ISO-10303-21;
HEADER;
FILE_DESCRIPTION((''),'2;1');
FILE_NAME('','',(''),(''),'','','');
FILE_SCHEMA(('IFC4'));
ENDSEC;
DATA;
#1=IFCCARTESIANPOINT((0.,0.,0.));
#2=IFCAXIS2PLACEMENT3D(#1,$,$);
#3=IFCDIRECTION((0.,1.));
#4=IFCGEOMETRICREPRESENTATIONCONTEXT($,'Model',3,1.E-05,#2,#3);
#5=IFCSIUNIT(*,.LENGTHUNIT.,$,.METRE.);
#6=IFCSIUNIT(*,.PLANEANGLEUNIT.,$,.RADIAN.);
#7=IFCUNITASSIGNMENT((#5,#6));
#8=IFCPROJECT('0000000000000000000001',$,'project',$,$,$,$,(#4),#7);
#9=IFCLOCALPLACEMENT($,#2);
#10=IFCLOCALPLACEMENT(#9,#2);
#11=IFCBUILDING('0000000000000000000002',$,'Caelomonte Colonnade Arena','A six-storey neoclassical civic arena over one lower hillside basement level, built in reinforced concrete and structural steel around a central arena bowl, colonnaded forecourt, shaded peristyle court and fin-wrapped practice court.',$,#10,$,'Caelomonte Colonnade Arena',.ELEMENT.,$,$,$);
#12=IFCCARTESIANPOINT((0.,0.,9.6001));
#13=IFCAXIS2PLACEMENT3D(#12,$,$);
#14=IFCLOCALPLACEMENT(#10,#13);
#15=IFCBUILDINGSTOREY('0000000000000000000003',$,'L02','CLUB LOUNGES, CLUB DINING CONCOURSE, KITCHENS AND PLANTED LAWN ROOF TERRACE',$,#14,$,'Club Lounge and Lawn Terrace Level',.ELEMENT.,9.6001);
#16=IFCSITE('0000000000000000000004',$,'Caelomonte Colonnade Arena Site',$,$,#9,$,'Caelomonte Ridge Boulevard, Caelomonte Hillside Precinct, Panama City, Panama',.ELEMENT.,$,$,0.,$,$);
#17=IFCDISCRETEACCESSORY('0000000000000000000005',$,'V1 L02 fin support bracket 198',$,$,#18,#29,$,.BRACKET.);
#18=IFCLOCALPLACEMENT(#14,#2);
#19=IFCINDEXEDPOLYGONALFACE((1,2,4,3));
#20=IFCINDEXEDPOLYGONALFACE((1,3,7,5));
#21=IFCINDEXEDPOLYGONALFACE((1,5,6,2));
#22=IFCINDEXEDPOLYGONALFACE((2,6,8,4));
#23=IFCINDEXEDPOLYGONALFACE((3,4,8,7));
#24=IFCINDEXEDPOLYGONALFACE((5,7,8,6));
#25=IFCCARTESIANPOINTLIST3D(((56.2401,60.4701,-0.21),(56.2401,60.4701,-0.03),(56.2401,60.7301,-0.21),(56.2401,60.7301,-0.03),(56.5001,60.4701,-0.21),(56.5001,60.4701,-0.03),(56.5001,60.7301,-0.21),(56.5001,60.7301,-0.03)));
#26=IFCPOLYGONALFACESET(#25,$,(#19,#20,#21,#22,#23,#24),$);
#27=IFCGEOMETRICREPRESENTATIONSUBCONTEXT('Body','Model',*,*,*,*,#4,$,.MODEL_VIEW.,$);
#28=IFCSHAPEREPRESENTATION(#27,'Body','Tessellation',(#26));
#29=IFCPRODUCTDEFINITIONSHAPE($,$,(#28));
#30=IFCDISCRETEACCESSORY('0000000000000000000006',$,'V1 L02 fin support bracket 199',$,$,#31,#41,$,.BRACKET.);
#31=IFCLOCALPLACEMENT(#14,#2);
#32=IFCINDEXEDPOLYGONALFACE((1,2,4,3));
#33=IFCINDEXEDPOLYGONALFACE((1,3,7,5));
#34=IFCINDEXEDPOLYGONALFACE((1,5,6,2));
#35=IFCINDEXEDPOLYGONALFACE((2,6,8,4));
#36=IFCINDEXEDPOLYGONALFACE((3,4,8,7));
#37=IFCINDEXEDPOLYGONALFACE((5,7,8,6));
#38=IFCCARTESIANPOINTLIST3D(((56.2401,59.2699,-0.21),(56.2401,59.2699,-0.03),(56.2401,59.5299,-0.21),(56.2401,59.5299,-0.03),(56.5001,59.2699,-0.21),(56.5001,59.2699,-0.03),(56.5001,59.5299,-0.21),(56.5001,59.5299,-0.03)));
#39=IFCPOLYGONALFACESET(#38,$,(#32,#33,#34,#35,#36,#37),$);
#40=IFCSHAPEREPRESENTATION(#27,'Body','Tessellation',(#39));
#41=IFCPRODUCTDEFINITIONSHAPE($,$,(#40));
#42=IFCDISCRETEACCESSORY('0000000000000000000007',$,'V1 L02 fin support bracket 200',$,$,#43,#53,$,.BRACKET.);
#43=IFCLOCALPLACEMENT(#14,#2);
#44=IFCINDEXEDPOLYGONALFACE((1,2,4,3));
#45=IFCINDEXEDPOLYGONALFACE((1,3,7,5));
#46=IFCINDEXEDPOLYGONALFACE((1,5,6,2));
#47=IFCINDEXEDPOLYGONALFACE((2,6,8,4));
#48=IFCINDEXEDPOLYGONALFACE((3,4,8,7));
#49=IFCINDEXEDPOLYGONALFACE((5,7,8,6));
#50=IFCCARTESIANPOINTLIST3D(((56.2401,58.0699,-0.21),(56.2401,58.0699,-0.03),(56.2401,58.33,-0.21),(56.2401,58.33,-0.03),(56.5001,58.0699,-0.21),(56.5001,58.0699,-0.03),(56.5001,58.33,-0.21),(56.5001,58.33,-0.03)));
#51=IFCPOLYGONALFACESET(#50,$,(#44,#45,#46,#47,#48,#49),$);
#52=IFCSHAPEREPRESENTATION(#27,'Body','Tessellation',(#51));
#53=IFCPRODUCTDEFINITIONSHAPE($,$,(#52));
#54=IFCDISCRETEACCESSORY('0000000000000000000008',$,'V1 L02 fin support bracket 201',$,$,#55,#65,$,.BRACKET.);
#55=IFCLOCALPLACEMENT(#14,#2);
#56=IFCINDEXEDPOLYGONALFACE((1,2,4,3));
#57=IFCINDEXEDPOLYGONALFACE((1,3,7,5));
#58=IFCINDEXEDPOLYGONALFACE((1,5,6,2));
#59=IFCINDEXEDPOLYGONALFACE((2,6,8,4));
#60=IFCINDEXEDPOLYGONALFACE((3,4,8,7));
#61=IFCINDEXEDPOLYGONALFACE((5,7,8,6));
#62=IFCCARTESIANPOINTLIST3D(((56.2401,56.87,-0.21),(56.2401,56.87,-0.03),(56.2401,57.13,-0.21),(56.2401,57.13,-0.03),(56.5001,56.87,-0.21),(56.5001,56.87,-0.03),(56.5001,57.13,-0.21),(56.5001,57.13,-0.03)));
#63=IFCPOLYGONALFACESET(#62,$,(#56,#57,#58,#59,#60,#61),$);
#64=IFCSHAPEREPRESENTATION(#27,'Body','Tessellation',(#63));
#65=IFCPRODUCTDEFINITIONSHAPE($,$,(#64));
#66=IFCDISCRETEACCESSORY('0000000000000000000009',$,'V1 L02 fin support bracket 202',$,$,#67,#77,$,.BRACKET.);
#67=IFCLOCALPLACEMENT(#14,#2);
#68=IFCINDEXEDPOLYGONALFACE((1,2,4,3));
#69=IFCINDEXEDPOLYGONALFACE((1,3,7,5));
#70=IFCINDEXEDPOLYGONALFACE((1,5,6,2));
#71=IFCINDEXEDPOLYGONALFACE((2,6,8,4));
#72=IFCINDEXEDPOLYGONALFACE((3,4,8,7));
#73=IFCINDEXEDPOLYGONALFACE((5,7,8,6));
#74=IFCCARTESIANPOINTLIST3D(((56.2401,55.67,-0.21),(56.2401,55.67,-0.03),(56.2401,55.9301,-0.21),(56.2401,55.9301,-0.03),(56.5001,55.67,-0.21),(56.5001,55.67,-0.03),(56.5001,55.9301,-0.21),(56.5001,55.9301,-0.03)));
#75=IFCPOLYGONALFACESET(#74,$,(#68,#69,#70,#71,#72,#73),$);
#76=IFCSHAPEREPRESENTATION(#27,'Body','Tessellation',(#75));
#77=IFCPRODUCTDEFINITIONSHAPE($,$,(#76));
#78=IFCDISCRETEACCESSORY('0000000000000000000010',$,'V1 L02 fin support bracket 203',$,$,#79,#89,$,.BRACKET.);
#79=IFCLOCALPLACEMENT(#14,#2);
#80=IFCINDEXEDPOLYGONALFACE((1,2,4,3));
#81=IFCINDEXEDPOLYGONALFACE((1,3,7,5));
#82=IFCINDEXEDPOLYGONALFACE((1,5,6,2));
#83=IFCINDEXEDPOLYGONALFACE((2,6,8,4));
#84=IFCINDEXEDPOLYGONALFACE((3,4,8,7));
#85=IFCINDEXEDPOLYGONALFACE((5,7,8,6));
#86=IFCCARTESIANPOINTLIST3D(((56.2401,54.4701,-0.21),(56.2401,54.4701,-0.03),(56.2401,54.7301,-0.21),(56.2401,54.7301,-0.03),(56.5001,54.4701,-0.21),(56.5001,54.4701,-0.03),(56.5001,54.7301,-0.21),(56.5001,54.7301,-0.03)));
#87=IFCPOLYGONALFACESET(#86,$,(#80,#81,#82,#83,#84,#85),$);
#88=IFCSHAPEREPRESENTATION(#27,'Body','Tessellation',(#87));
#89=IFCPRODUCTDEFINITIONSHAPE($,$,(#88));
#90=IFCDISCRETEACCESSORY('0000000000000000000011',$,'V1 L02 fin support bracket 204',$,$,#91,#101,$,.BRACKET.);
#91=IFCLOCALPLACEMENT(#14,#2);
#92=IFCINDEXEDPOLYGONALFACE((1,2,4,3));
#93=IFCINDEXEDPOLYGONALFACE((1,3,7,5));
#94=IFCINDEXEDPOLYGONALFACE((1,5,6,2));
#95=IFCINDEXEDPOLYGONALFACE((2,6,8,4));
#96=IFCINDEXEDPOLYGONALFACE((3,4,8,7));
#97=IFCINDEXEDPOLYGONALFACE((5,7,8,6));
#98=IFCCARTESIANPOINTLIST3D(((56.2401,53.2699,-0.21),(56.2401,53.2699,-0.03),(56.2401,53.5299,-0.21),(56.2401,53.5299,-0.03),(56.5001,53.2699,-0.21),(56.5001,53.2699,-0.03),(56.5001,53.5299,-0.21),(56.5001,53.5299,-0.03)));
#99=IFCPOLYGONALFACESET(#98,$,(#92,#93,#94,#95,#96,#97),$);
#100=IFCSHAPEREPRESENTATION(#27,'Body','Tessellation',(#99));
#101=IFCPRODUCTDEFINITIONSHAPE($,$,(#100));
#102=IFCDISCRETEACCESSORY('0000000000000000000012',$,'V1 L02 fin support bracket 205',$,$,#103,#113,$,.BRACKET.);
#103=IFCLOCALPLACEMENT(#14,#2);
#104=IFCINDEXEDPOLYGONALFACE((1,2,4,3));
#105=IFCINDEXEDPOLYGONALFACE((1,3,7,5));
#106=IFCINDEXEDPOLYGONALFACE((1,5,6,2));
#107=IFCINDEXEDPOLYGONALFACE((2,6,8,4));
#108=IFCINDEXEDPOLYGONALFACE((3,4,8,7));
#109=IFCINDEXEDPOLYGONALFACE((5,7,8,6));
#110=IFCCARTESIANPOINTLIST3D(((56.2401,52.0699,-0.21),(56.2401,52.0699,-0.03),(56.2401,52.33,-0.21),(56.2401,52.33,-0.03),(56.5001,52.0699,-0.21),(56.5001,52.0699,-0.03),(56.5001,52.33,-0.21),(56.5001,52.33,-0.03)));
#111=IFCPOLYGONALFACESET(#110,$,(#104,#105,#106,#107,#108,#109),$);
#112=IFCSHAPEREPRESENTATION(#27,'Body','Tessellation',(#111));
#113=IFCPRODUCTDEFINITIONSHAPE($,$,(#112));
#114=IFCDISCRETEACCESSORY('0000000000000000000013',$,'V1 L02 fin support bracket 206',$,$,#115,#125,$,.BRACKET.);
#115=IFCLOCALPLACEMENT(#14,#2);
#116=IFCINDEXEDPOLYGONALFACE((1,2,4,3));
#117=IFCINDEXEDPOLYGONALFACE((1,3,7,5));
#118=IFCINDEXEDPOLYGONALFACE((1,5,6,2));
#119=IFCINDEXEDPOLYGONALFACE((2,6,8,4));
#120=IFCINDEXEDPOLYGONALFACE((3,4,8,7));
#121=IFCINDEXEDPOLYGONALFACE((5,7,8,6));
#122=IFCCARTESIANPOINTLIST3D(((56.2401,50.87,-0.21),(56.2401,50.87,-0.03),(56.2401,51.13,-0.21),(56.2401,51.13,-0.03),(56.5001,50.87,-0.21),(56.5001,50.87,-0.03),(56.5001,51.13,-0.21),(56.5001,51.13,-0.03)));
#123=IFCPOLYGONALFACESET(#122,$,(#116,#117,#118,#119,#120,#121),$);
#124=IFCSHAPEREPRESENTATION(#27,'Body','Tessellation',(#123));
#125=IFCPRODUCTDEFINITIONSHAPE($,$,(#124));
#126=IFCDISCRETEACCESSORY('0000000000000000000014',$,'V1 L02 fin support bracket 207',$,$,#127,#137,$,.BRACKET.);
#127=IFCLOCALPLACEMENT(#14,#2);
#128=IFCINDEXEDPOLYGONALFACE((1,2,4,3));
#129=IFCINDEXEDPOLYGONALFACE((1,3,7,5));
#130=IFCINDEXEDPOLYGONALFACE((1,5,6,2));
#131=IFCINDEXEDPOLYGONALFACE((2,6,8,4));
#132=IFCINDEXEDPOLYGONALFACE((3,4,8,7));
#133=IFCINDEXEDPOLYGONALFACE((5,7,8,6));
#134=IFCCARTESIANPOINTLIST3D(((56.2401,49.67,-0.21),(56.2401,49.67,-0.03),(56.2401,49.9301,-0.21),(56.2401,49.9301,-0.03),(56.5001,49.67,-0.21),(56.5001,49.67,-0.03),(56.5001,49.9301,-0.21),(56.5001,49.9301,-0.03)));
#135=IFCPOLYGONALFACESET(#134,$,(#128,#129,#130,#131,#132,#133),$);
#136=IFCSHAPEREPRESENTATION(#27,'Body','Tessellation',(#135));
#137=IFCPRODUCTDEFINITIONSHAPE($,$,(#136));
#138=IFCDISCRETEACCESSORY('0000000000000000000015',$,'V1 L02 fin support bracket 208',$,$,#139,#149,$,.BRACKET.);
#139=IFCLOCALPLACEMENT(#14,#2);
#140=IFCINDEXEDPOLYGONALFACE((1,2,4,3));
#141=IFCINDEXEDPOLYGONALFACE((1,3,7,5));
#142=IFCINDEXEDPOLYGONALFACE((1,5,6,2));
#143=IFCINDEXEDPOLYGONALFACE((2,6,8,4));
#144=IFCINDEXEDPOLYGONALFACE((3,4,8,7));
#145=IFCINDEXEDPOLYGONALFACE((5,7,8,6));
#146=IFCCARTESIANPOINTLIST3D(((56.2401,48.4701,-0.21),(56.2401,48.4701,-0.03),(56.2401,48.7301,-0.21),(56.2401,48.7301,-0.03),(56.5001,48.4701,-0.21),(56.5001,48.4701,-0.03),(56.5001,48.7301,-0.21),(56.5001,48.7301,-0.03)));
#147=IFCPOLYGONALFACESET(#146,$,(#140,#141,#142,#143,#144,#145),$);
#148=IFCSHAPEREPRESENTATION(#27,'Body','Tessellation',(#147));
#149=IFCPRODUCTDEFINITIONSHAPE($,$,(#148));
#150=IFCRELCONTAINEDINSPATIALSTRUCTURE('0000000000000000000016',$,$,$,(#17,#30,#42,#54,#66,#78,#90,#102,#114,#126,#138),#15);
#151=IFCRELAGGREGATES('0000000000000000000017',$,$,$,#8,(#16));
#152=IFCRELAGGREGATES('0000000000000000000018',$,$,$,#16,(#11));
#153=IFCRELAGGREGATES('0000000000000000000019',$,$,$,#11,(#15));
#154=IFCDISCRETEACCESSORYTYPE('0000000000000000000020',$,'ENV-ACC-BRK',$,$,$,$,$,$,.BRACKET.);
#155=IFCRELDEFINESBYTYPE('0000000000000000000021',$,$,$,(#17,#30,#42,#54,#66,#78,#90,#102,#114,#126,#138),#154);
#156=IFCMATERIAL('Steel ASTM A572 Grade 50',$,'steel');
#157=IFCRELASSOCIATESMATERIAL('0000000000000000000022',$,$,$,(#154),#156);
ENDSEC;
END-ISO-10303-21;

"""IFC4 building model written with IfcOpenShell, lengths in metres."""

from ifc_helpers import new_model, si_unit, direction, frame, origin, origin_2d, place, context, subcontext, project, spatial, rectangle, extrude, material, type_object, element, save


model = new_model("IFC4")

# Units and contexts
model_context = context("Model", 3, precision=1e-05, world=origin(), true_north=direction((0.0, 1.0)))
body_context = subcontext(model_context, "Body", "Model", "MODEL_VIEW")
ifc_project = project(units=[si_unit("LENGTHUNIT", "METRE"), si_unit("PLANEANGLEUNIT", "RADIAN")], contexts=[model_context])

# Site, building, storey
site_placement = place(None, origin())
site = spatial("IfcSite", under=ifc_project, at=site_placement, Name="Caelomonte Colonnade Arena Site", LongName="Caelomonte Ridge Boulevard, Caelomonte Hillside Precinct, Panama City, Panama", CompositionType="ELEMENT", RefElevation=0.0)
building_placement = place(site_placement, origin())
building = spatial("IfcBuilding", under=site, at=building_placement, Name="Caelomonte Colonnade Arena", Description="A six-storey neoclassical civic arena over one lower hillside basement level, built in reinforced concrete and structural steel around a central arena bowl, colonnaded forecourt, shaded peristyle court and fin-wrapped practice court.", LongName="Caelomonte Colonnade Arena", CompositionType="ELEMENT")
storey_placement = place(building_placement, frame((0.0, 0.0, 9.6001)))
storey = spatial("IfcBuildingStorey", under=building, at=storey_placement, Name="L02", Description="CLUB LOUNGES, CLUB DINING CONCOURSE, KITCHENS AND PLANTED LAWN ROOF TERRACE", LongName="Club Lounge and Lawn Terrace Level", CompositionType="ELEMENT", Elevation=9.6001)

# Discrete accessories
ifc_material_1 = material(Name="Steel ASTM A572 Grade 50", Category="steel")
discrete_accessory_type = type_object("IfcDiscreteAccessoryType", Name="ENV-ACC-BRK", PredefinedType="BRACKET", material=ifc_material_1)
for number, where, z_axis, x_axis, name in (
    (1, (56.3701, 60.6001, -0.21), (0.0, 0.0, 1.0), (0.0, -1.0, 0.0), "V1 L02 fin support bracket 198"),
    (2, (56.3701, 59.3999, -0.21), (0.0, 0.0, 1.0), (0.0, -1.0, 0.0), "V1 L02 fin support bracket 199"),
    (3, (56.3701, 58.2, -0.21), (0.0, 0.0, 1.0), (0.0, -1.0, 0.0), "V1 L02 fin support bracket 200"),
    (4, (56.3701, 57.0, -0.21), (0.0, 0.0, 1.0), (0.0, -1.0, 0.0), "V1 L02 fin support bracket 201"),
    (5, (56.3701, 55.8, -0.21), (0.0, 0.0, 1.0), (0.0, -1.0, 0.0), "V1 L02 fin support bracket 202"),
    (6, (56.3701, 54.6001, -0.21), (0.0, 0.0, 1.0), (0.0, -1.0, 0.0), "V1 L02 fin support bracket 203"),
    (7, (56.3701, 53.3999, -0.21), (0.0, 0.0, 1.0), (0.0, -1.0, 0.0), "V1 L02 fin support bracket 204"),
    (8, (56.3701, 52.2, -0.21), (0.0, 0.0, 1.0), (0.0, -1.0, 0.0), "V1 L02 fin support bracket 205"),
    (9, (56.3701, 51.0, -0.21), (0.0, 0.0, 1.0), (0.0, -1.0, 0.0), "V1 L02 fin support bracket 206"),
    (10, (56.3701, 49.8, -0.21), (0.0, 0.0, 1.0), (0.0, -1.0, 0.0), "V1 L02 fin support bracket 207"),
    (11, (56.3701, 48.6001, -0.21), (0.0, 0.0, 1.0), (0.0, -1.0, 0.0), "V1 L02 fin support bracket 208"),
):
    element("IfcDiscreteAccessory", number, at=place(storey_placement, frame(where, z_axis=z_axis, x_axis=x_axis)), inside=storey, type_object=discrete_accessory_type, Name=name, PredefinedType="BRACKET", context=body_context, shape_type="SweptSolid", body=[
        extrude(rectangle(XDim=0.26, YDim=0.26, at=origin_2d()), origin(), (0.0, 0.0, 1.0), 0.1799),
    ])

save(model, "model.ifc")
